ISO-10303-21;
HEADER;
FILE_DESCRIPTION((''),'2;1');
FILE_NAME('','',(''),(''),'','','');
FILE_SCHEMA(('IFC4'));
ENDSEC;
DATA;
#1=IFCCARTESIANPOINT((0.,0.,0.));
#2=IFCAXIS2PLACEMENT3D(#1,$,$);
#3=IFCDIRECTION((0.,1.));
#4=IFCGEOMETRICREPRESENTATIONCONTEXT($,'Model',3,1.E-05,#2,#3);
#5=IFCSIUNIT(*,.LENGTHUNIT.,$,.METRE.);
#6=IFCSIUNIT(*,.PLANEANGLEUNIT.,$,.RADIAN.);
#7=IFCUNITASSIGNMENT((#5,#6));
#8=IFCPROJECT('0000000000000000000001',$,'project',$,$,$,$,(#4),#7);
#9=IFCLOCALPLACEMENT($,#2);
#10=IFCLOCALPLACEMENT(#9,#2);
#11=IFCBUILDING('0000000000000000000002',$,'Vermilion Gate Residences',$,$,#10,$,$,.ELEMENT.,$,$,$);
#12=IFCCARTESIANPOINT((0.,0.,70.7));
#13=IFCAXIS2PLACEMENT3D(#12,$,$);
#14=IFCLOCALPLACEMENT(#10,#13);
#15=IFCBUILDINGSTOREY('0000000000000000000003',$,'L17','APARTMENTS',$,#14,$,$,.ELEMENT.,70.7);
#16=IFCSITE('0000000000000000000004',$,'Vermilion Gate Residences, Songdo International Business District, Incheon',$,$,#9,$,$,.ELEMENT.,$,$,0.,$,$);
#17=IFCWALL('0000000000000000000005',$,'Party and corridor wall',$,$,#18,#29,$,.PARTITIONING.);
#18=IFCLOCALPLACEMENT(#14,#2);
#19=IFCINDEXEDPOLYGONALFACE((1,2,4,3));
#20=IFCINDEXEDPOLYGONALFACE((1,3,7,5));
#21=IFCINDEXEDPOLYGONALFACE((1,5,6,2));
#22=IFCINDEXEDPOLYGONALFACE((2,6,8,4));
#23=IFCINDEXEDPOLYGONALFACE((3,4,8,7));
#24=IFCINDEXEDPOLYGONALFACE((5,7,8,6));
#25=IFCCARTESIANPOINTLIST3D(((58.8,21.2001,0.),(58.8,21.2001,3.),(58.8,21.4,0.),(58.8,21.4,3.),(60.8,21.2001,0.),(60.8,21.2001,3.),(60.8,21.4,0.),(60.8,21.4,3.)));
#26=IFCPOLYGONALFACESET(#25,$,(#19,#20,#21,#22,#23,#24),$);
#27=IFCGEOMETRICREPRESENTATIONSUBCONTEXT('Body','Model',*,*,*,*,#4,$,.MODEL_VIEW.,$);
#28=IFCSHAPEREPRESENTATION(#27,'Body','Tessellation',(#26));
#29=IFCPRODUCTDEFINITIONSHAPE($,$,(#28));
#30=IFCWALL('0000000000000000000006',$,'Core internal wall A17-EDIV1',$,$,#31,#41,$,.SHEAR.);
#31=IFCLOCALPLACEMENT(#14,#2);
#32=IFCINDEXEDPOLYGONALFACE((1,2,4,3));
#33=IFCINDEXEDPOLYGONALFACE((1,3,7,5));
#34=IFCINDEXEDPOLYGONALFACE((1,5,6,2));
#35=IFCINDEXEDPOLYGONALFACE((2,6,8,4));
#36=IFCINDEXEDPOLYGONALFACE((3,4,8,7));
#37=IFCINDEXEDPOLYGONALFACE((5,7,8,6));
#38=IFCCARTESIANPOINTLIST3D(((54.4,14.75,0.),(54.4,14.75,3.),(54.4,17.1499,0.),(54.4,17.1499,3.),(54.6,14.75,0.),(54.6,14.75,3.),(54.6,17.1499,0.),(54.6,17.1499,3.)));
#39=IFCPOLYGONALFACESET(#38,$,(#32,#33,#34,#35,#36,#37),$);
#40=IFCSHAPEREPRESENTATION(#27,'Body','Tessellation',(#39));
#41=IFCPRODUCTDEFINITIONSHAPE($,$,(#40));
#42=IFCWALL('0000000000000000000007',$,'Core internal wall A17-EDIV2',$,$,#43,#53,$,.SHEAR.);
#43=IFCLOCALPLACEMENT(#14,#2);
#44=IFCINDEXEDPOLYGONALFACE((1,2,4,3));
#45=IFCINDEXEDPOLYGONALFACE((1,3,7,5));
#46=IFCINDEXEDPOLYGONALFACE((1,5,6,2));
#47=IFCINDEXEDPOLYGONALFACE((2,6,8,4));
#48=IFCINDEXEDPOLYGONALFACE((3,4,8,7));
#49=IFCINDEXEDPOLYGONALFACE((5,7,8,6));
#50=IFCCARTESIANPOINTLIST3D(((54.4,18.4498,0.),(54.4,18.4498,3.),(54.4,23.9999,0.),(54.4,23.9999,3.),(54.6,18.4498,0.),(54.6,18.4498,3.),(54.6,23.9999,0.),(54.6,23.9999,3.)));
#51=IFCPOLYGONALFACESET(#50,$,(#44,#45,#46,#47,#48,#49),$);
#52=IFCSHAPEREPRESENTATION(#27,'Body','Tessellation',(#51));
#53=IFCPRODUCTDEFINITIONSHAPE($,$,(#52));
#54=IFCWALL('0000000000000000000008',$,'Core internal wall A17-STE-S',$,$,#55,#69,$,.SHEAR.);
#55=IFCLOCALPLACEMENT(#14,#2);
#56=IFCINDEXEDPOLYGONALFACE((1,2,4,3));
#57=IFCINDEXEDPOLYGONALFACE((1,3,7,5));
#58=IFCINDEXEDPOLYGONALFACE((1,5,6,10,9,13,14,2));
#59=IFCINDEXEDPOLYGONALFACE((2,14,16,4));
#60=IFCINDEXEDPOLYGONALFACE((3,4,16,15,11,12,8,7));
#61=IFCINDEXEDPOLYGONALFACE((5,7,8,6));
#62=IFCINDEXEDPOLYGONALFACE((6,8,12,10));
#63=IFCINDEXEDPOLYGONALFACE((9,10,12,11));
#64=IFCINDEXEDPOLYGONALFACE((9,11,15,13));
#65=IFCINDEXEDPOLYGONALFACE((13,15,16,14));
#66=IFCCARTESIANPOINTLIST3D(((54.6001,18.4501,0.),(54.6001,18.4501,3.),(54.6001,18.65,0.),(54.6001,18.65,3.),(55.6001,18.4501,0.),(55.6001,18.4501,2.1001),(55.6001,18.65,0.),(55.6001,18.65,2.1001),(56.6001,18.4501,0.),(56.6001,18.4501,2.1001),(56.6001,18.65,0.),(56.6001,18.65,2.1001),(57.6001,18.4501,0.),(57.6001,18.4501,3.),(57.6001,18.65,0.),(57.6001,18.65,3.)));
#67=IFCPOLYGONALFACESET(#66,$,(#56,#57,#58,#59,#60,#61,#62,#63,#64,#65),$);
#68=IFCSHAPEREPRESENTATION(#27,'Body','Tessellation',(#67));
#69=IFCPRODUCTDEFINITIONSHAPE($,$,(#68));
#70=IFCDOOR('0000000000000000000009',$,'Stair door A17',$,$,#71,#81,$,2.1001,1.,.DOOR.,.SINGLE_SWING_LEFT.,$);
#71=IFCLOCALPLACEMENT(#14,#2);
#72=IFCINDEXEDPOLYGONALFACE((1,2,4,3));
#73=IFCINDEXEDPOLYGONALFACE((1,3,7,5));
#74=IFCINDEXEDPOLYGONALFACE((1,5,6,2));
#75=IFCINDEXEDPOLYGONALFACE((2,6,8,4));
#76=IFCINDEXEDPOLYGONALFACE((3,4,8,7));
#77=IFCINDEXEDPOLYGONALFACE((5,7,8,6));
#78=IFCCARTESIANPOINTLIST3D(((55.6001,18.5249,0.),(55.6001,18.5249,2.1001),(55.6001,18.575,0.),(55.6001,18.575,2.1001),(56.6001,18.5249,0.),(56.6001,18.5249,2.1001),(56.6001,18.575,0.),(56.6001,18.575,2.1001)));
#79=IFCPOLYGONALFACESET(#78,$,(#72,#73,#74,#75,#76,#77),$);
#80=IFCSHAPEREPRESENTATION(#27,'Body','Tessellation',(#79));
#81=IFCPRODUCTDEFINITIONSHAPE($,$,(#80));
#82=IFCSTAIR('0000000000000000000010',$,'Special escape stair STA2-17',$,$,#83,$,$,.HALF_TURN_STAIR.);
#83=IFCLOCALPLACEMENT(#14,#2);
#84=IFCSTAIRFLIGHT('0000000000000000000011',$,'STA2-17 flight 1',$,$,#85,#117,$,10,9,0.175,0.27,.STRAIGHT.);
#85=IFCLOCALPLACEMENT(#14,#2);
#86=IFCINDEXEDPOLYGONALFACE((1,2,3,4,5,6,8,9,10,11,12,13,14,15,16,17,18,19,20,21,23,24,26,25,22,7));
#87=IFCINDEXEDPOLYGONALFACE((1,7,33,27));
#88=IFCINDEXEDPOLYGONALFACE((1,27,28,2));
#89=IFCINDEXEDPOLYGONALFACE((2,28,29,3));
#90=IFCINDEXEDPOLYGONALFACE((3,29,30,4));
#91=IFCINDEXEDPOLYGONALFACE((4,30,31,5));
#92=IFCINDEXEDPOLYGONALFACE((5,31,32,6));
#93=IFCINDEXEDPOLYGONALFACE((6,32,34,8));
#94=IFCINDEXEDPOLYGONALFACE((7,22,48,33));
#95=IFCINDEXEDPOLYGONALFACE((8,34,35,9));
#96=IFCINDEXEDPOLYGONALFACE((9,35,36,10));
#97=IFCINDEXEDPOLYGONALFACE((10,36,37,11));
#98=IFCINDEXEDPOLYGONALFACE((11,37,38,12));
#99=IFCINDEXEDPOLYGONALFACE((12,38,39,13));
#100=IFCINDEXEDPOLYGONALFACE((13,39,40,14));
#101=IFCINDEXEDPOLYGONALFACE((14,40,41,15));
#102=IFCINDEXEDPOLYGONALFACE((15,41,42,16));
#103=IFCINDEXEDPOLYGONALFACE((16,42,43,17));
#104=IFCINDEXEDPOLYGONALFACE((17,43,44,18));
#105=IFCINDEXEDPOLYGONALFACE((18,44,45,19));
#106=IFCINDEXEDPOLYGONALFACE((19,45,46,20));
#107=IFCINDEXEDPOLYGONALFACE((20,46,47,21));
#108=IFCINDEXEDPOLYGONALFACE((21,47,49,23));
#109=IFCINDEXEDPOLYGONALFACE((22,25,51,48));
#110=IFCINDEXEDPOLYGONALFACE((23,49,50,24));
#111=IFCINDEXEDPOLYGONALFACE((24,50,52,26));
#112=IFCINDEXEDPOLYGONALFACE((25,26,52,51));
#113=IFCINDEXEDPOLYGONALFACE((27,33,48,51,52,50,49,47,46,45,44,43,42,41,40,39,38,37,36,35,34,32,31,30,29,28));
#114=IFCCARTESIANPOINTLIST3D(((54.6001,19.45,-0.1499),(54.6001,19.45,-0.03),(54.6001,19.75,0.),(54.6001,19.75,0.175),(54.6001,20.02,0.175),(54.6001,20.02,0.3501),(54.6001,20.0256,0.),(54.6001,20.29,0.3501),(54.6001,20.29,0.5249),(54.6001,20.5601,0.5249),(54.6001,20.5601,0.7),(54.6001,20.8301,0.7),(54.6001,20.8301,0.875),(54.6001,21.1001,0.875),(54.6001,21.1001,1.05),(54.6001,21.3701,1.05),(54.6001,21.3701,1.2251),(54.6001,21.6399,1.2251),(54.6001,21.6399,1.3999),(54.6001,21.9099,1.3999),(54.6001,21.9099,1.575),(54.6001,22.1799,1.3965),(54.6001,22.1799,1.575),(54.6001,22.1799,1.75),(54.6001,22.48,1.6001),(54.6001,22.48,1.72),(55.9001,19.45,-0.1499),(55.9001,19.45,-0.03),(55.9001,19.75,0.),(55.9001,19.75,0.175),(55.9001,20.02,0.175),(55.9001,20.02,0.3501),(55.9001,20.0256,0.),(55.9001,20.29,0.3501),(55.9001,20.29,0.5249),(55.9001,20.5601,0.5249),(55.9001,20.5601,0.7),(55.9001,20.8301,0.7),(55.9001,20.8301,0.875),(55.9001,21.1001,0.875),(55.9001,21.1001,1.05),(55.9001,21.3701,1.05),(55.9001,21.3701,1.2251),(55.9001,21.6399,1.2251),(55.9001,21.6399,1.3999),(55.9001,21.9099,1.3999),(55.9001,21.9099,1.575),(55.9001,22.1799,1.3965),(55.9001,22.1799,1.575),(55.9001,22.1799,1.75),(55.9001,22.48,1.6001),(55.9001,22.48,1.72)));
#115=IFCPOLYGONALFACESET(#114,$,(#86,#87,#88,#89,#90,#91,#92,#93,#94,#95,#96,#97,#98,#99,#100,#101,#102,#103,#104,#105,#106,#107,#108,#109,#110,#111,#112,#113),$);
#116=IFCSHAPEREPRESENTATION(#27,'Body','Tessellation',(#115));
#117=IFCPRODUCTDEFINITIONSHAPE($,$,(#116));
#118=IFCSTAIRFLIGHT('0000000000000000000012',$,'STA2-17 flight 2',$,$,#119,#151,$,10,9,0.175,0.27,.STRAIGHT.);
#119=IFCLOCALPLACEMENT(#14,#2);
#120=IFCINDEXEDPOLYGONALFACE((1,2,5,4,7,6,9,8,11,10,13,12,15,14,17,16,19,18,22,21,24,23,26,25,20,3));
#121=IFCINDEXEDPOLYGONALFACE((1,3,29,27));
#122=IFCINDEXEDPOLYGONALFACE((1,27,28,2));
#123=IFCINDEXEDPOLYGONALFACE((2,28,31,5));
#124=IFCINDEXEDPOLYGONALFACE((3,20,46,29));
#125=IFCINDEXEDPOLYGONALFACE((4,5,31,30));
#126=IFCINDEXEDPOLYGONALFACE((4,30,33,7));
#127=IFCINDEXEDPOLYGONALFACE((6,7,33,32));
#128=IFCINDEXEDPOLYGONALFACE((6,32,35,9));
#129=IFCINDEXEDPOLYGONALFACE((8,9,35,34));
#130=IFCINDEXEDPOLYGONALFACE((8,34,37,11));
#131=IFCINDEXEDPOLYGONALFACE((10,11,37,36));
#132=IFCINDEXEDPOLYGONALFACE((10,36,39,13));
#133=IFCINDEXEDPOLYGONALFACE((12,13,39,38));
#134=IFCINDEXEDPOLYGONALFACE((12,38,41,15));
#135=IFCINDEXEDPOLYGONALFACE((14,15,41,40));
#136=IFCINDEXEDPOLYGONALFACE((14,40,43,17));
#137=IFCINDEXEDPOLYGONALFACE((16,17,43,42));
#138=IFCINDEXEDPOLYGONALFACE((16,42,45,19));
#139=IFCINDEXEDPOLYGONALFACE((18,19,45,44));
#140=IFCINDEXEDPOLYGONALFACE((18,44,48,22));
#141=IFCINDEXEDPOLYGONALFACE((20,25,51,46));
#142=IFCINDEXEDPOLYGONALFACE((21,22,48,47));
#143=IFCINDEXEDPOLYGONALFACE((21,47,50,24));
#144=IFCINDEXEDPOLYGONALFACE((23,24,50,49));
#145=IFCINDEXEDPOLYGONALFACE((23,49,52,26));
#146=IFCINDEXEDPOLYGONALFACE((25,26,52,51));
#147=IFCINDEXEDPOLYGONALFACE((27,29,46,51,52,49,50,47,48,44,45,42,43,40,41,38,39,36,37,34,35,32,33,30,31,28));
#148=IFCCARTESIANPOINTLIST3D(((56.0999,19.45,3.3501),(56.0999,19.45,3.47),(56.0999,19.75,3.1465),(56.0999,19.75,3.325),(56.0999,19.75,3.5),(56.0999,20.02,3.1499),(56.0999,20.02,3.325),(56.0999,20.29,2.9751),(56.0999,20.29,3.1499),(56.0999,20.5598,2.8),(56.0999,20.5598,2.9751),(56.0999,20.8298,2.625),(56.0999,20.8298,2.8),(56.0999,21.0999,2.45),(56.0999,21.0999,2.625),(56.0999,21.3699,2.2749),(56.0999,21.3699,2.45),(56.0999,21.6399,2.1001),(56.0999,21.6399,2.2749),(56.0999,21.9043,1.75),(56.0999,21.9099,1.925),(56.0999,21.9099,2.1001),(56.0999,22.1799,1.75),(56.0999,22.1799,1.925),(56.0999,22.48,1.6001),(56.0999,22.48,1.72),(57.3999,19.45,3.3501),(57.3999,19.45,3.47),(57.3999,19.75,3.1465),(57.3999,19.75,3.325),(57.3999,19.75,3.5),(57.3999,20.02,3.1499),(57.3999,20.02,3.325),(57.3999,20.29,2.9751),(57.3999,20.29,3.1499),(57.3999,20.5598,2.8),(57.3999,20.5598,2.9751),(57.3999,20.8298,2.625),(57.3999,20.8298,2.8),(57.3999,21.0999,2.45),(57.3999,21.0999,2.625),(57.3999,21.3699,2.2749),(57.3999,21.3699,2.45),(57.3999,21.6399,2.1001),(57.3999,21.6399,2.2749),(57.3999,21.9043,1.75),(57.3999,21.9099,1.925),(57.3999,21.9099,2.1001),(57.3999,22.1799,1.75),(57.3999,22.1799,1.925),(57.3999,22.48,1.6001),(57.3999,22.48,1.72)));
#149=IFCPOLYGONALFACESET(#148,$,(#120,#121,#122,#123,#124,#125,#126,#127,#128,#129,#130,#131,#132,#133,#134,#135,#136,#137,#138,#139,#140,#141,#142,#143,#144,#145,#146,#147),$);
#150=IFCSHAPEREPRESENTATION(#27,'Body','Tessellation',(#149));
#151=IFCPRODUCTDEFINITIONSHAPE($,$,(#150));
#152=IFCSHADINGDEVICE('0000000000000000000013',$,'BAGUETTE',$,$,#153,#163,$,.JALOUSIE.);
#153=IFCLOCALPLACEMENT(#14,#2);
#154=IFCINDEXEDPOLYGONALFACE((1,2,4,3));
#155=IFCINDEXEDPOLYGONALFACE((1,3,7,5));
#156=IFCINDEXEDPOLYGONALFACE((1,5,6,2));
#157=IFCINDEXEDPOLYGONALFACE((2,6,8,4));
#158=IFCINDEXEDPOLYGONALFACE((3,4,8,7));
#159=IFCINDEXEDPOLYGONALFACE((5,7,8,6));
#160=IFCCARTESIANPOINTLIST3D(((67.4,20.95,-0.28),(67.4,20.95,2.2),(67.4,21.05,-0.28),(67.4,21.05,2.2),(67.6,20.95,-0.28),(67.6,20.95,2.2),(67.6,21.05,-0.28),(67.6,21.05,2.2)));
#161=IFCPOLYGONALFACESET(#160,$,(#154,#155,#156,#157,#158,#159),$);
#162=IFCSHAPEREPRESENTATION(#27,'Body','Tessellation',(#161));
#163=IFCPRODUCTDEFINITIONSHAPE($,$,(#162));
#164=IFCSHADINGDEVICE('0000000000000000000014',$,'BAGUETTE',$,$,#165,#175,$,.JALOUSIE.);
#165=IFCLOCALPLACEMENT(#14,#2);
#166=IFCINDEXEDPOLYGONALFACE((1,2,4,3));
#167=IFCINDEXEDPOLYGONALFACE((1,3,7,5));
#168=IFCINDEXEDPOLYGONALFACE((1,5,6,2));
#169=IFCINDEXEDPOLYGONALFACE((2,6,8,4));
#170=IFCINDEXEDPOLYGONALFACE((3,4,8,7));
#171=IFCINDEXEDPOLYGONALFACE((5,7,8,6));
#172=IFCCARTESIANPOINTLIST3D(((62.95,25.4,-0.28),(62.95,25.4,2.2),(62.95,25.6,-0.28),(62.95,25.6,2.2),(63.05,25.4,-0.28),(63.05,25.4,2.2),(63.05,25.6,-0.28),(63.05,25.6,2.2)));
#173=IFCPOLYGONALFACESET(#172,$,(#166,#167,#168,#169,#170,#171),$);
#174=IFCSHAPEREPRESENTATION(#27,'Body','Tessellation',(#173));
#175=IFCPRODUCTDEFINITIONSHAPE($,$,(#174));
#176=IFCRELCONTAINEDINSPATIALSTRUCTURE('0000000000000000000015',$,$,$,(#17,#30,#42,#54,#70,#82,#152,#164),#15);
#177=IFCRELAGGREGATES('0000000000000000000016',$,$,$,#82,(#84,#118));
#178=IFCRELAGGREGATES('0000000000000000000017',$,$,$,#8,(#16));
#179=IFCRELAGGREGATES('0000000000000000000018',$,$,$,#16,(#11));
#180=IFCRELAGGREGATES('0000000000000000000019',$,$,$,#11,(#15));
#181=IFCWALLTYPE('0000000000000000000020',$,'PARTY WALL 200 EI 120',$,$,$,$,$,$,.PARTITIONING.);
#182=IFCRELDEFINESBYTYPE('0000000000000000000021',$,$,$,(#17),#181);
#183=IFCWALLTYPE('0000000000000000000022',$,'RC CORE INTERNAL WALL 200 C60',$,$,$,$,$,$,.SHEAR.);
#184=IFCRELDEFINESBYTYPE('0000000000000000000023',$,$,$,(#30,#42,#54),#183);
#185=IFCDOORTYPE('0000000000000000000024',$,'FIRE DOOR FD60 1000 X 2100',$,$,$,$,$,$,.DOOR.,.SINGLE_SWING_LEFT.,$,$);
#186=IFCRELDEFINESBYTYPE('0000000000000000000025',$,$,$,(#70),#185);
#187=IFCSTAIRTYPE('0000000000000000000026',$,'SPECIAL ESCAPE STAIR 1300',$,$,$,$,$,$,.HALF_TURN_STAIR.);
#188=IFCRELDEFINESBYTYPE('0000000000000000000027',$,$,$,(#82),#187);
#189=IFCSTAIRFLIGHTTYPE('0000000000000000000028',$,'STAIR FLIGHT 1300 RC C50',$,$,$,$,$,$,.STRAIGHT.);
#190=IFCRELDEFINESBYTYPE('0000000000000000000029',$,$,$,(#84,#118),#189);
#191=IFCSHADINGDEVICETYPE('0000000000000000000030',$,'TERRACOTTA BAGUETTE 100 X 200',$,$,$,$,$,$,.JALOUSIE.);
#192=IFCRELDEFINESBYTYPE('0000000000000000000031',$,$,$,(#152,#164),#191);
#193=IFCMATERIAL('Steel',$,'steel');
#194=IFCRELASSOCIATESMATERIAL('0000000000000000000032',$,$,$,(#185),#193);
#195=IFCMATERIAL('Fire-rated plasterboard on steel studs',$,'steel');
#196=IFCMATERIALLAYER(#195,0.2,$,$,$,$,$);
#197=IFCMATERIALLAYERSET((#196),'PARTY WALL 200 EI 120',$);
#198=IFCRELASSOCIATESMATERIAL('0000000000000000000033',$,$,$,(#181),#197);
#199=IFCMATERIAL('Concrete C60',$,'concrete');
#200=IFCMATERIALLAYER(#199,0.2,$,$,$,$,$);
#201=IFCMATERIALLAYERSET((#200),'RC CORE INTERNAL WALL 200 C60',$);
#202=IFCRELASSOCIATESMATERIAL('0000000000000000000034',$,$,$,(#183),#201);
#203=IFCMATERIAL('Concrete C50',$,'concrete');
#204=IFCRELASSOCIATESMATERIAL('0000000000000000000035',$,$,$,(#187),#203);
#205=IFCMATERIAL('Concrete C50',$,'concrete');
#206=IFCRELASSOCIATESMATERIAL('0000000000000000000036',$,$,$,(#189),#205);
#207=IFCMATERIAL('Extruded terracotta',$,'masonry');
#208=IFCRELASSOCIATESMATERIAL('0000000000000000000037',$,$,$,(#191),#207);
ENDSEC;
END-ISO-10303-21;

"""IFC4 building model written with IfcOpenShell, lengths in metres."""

from ifc_helpers import new_model, si_unit, direction, frame, frame_2d, origin, origin_2d, place, context, subcontext, project, spatial, polyline, rectangle, outline, extrude, material, layer, layer_set, material_profile, profile_set, type_object, element, fill, aggregate, save


model = new_model("IFC4")

# Units and contexts
model_context = context("Model", 3, precision=1e-05, world=origin(), true_north=direction((0.0, 1.0)))
body_context = subcontext(model_context, "Body", "Model", "MODEL_VIEW")
ifc_project = project(units=[si_unit("LENGTHUNIT", "METRE"), si_unit("PLANEANGLEUNIT", "RADIAN")], contexts=[model_context])

# Site, building, storey
site_placement = place(None, origin())
site = spatial("IfcSite", under=ifc_project, at=site_placement, Name="Vermilion Gate Residences, Songdo International Business District, Incheon", CompositionType="ELEMENT", RefElevation=0.0)
building_placement = place(site_placement, origin())
building = spatial("IfcBuilding", under=site, at=building_placement, Name="Vermilion Gate Residences", CompositionType="ELEMENT")
storey_placement = place(building_placement, frame((0.0, 0.0, 70.7)))
storey = spatial("IfcBuildingStorey", under=building, at=storey_placement, Name="L17", Description="APARTMENTS", CompositionType="ELEMENT", Elevation=70.7)

# Shared definitions
ifc_material_1 = material(Name="Steel", Category="steel")
door_type = type_object("IfcDoorType", Name="FIRE DOOR FD60 1000 X 2100", OperationType="SINGLE_SWING_LEFT", PredefinedType="DOOR", material=ifc_material_1)

# Walls
ifc_material_2 = material(Name="Fire-rated plasterboard on steel studs", Category="steel")
ifc_layer_1 = layer(ifc_material_2, 0.2)
ifc_layer_set_1 = layer_set([ifc_layer_1], Name="PARTY WALL 200 EI 120")
wall_type_1 = type_object("IfcWallType", Name="PARTY WALL 200 EI 120", PredefinedType="PARTITIONING", material=ifc_layer_set_1)
wall_1_placement = place(storey_placement, frame((58.8, 21.3, 0.0), z_axis=(0.0, 0.0, 1.0), x_axis=(1.0, 0.0, 0.0)))
element("IfcWall", 1, at=wall_1_placement, inside=storey, type_object=wall_type_1, Name="Party and corridor wall", PredefinedType="PARTITIONING", context=body_context, shape_type="SweptSolid", body=[
    extrude(rectangle(XDim=2.0, YDim=0.2, at=frame_2d((1.0, 0.0))), origin(), (0.0, 0.0, 1.0), 3.0),
])
ifc_material_3 = material(Name="Concrete C60", Category="concrete")
ifc_layer_2 = layer(ifc_material_3, 0.2)
ifc_layer_set_2 = layer_set([ifc_layer_2], Name="RC CORE INTERNAL WALL 200 C60")
wall_type_2 = type_object("IfcWallType", Name="RC CORE INTERNAL WALL 200 C60", PredefinedType="SHEAR", material=ifc_layer_set_2)
wall_2_placement = place(storey_placement, frame((54.5, 14.75, 0.0), z_axis=(0.0, 0.0, 1.0), x_axis=(0.0, 1.0, 0.0)))
element("IfcWall", 2, at=wall_2_placement, inside=storey, type_object=wall_type_2, Name="Core internal wall A17-EDIV1", PredefinedType="SHEAR", context=body_context, shape_type="SweptSolid", body=[
    extrude(rectangle(XDim=2.3999, YDim=0.2, at=frame_2d((1.2, 0.0))), origin(), (0.0, 0.0, 1.0), 3.0),
])
wall_3_placement = place(storey_placement, frame((54.5, 18.45, 0.0), z_axis=(0.0, 0.0, 1.0), x_axis=(0.0, 1.0, 0.0)))
element("IfcWall", 3, at=wall_3_placement, inside=storey, type_object=wall_type_2, Name="Core internal wall A17-EDIV2", PredefinedType="SHEAR", context=body_context, shape_type="SweptSolid", body=[
    extrude(rectangle(XDim=5.55, YDim=0.2, at=frame_2d((2.7749, 0.0))), origin(), (0.0, 0.0, 1.0), 3.0),
])

# Wall, opening, door
wall_4_placement = place(storey_placement, frame((54.6001, 18.55, 0.0), z_axis=(0.0, 0.0, 1.0), x_axis=(1.0, 0.0, 0.0)))
wall_4 = element("IfcWall", 4, at=wall_4_placement, inside=storey, type_object=wall_type_2, Name="Core internal wall A17-STE-S", PredefinedType="SHEAR", context=body_context, shape_type="SweptSolid", body=[
    extrude(rectangle(XDim=3.0, YDim=0.2, at=frame_2d((1.5, 0.0))), origin(), (0.0, 0.0, 1.0), 3.0),
])
opening_1_placement = place(wall_4_placement, frame((1.0, 0.0, 0.0)))
opening_1 = element("IfcOpeningElement", 5, at=opening_1_placement, cuts=wall_4, PredefinedType="OPENING", context=body_context, shape_type="SweptSolid", body=[
    extrude(rectangle(XDim=1.0, YDim=2.1001, at=frame_2d((0.5, 1.05))), frame((0.0, 0.1099, 0.0), z_axis=(0.0, -1.0, 0.0), x_axis=(1.0, 0.0, 0.0)), (0.0, 0.0, 1.0), 0.22),
])
door_1_placement = place(opening_1_placement, origin())
door_1 = element("IfcDoor", 6, at=door_1_placement, inside=storey, type_object=door_type, Name="Stair door A17", OperationType="SINGLE_SWING_LEFT", OverallHeight=2.1001, OverallWidth=1.0, PredefinedType="DOOR", context=body_context, shape_type="SweptSolid", body=[
    extrude(rectangle(XDim=1.0, YDim=2.1001, at=frame_2d((0.5, 1.05))), frame((0.0, 0.0249, 0.0), z_axis=(0.0, -1.0, 0.0), x_axis=(1.0, 0.0, 0.0)), (0.0, 0.0, 1.0), 0.05),
])
fill(opening_1, door_1)

# Stair, stair flights
ifc_material_4 = material(Name="Concrete C50", Category="concrete")
stair_type = type_object("IfcStairType", Name="SPECIAL ESCAPE STAIR 1300", PredefinedType="HALF_TURN_STAIR", material=ifc_material_4)
stair_placement = place(storey_placement, origin())
stair = element("IfcStair", 7, at=stair_placement, inside=storey, type_object=stair_type, Name="Special escape stair STA2-17", PredefinedType="HALF_TURN_STAIR")
ifc_material_5 = material(Name="Concrete C50", Category="concrete")
stair_flight_type = type_object("IfcStairFlightType", Name="STAIR FLIGHT 1300 RC C50", PredefinedType="STRAIGHT", material=ifc_material_5)
stair_flight_1_placement = place(storey_placement, frame((55.25, 19.75, 0.0), z_axis=(0.0, 0.0, 1.0), x_axis=(0.0, 1.0, 0.0)))
stair_flight_1 = element("IfcStairFlight", 8, at=stair_flight_1_placement, type_object=stair_flight_type, Name="STA2-17 flight 1", NumberOfRisers=10, NumberOfTreads=9, PredefinedType="STRAIGHT", RiserHeight=0.175, TreadLength=0.27, context=body_context, shape_type="SweptSolid", body=[
    extrude(outline(polyline([(-0.3, -0.1499), (-0.3, -0.03), (0.0, 0.0), (0.0, 0.175), (0.27, 0.175), (0.27, 0.3501), (0.54, 0.3501), (0.54, 0.5249), (0.8101, 0.5249), (0.8101, 0.7), (1.0801, 0.7), (1.0801, 0.875), (1.3501, 0.875), (1.3501, 1.05), (1.6201, 1.05), (1.6201, 1.2251), (1.8899, 1.2251), (1.8899, 1.3999), (2.1599, 1.3999), (2.1599, 1.575), (2.4299, 1.575), (2.4299, 1.75), (2.73, 1.72), (2.73, 1.6001), (2.4299, 1.3965), (0.2756, 0.0), (-0.3, -0.1499)])), frame((0.0, 0.6499, 0.0), z_axis=(0.0, -1.0, 0.0), x_axis=(1.0, 0.0, 0.0)), (0.0, 0.0, 1.0), 1.3),
])
stair_flight_2_placement = place(storey_placement, frame((56.75, 22.1799, 1.75), z_axis=(0.0, 0.0, 1.0), x_axis=(0.0, -1.0, 0.0)))
stair_flight_2 = element("IfcStairFlight", 9, at=stair_flight_2_placement, type_object=stair_flight_type, Name="STA2-17 flight 2", NumberOfRisers=10, NumberOfTreads=9, PredefinedType="STRAIGHT", RiserHeight=0.175, TreadLength=0.27, context=body_context, shape_type="SweptSolid", body=[
    extrude(outline(polyline([(-0.3, -0.1499), (-0.3, -0.03), (0.0, 0.0), (0.0, 0.175), (0.27, 0.175), (0.27, 0.3501), (0.54, 0.3501), (0.54, 0.5249), (0.8101, 0.5249), (0.8101, 0.7), (1.0801, 0.7), (1.0801, 0.875), (1.3501, 0.875), (1.3501, 1.05), (1.6201, 1.05), (1.6201, 1.2251), (1.8899, 1.2251), (1.8899, 1.3999), (2.1599, 1.3999), (2.1599, 1.575), (2.4299, 1.575), (2.4299, 1.75), (2.73, 1.72), (2.73, 1.6001), (2.4299, 1.3965), (0.2756, 0.0), (-0.3, -0.1499)])), frame((0.0, 0.6499, 0.0), z_axis=(0.0, -1.0, 0.0), x_axis=(1.0, 0.0, 0.0)), (0.0, 0.0, 1.0), 1.3),
])
aggregate(stair, [stair_flight_1, stair_flight_2])

# Shading devices
ifc_material_6 = material(Name="Extruded terracotta", Category="masonry")
ifc_material_profile_1 = material_profile(ifc_material_6, rectangle(XDim=0.2, YDim=0.1001, at=origin_2d()), Name="BAGUETTE 100 X 200")
ifc_profile_set_1 = profile_set([ifc_material_profile_1], Name="Extruded terracotta")
shading_device_type_1 = type_object("IfcShadingDeviceType", Name="TERRACOTTA BAGUETTE 100 X 200", PredefinedType="JALOUSIE", material=ifc_profile_set_1)
for number, where, z_axis, x_axis, name in (
    (10, (67.5, 21.0, -0.28), (0.0, 0.0, 1.0), (-1.0, 0.0, 0.0), "BAGUETTE"),
    (11, (63.0, 25.5, -0.28), (0.0, 0.0, 1.0), (0.0, -1.0, 0.0), "BAGUETTE"),
):
    element("IfcShadingDevice", number, at=place(storey_placement, frame(where, z_axis=z_axis, x_axis=x_axis)), inside=storey, type_object=shading_device_type_1, Name=name, PredefinedType="JALOUSIE", context=body_context, shape_type="SweptSolid", body=[
        extrude(rectangle(XDim=0.2, YDim=0.1001, at=origin_2d()), origin(), (0.0, 0.0, 1.0), 2.48),
    ])

save(model, "model.ifc")
